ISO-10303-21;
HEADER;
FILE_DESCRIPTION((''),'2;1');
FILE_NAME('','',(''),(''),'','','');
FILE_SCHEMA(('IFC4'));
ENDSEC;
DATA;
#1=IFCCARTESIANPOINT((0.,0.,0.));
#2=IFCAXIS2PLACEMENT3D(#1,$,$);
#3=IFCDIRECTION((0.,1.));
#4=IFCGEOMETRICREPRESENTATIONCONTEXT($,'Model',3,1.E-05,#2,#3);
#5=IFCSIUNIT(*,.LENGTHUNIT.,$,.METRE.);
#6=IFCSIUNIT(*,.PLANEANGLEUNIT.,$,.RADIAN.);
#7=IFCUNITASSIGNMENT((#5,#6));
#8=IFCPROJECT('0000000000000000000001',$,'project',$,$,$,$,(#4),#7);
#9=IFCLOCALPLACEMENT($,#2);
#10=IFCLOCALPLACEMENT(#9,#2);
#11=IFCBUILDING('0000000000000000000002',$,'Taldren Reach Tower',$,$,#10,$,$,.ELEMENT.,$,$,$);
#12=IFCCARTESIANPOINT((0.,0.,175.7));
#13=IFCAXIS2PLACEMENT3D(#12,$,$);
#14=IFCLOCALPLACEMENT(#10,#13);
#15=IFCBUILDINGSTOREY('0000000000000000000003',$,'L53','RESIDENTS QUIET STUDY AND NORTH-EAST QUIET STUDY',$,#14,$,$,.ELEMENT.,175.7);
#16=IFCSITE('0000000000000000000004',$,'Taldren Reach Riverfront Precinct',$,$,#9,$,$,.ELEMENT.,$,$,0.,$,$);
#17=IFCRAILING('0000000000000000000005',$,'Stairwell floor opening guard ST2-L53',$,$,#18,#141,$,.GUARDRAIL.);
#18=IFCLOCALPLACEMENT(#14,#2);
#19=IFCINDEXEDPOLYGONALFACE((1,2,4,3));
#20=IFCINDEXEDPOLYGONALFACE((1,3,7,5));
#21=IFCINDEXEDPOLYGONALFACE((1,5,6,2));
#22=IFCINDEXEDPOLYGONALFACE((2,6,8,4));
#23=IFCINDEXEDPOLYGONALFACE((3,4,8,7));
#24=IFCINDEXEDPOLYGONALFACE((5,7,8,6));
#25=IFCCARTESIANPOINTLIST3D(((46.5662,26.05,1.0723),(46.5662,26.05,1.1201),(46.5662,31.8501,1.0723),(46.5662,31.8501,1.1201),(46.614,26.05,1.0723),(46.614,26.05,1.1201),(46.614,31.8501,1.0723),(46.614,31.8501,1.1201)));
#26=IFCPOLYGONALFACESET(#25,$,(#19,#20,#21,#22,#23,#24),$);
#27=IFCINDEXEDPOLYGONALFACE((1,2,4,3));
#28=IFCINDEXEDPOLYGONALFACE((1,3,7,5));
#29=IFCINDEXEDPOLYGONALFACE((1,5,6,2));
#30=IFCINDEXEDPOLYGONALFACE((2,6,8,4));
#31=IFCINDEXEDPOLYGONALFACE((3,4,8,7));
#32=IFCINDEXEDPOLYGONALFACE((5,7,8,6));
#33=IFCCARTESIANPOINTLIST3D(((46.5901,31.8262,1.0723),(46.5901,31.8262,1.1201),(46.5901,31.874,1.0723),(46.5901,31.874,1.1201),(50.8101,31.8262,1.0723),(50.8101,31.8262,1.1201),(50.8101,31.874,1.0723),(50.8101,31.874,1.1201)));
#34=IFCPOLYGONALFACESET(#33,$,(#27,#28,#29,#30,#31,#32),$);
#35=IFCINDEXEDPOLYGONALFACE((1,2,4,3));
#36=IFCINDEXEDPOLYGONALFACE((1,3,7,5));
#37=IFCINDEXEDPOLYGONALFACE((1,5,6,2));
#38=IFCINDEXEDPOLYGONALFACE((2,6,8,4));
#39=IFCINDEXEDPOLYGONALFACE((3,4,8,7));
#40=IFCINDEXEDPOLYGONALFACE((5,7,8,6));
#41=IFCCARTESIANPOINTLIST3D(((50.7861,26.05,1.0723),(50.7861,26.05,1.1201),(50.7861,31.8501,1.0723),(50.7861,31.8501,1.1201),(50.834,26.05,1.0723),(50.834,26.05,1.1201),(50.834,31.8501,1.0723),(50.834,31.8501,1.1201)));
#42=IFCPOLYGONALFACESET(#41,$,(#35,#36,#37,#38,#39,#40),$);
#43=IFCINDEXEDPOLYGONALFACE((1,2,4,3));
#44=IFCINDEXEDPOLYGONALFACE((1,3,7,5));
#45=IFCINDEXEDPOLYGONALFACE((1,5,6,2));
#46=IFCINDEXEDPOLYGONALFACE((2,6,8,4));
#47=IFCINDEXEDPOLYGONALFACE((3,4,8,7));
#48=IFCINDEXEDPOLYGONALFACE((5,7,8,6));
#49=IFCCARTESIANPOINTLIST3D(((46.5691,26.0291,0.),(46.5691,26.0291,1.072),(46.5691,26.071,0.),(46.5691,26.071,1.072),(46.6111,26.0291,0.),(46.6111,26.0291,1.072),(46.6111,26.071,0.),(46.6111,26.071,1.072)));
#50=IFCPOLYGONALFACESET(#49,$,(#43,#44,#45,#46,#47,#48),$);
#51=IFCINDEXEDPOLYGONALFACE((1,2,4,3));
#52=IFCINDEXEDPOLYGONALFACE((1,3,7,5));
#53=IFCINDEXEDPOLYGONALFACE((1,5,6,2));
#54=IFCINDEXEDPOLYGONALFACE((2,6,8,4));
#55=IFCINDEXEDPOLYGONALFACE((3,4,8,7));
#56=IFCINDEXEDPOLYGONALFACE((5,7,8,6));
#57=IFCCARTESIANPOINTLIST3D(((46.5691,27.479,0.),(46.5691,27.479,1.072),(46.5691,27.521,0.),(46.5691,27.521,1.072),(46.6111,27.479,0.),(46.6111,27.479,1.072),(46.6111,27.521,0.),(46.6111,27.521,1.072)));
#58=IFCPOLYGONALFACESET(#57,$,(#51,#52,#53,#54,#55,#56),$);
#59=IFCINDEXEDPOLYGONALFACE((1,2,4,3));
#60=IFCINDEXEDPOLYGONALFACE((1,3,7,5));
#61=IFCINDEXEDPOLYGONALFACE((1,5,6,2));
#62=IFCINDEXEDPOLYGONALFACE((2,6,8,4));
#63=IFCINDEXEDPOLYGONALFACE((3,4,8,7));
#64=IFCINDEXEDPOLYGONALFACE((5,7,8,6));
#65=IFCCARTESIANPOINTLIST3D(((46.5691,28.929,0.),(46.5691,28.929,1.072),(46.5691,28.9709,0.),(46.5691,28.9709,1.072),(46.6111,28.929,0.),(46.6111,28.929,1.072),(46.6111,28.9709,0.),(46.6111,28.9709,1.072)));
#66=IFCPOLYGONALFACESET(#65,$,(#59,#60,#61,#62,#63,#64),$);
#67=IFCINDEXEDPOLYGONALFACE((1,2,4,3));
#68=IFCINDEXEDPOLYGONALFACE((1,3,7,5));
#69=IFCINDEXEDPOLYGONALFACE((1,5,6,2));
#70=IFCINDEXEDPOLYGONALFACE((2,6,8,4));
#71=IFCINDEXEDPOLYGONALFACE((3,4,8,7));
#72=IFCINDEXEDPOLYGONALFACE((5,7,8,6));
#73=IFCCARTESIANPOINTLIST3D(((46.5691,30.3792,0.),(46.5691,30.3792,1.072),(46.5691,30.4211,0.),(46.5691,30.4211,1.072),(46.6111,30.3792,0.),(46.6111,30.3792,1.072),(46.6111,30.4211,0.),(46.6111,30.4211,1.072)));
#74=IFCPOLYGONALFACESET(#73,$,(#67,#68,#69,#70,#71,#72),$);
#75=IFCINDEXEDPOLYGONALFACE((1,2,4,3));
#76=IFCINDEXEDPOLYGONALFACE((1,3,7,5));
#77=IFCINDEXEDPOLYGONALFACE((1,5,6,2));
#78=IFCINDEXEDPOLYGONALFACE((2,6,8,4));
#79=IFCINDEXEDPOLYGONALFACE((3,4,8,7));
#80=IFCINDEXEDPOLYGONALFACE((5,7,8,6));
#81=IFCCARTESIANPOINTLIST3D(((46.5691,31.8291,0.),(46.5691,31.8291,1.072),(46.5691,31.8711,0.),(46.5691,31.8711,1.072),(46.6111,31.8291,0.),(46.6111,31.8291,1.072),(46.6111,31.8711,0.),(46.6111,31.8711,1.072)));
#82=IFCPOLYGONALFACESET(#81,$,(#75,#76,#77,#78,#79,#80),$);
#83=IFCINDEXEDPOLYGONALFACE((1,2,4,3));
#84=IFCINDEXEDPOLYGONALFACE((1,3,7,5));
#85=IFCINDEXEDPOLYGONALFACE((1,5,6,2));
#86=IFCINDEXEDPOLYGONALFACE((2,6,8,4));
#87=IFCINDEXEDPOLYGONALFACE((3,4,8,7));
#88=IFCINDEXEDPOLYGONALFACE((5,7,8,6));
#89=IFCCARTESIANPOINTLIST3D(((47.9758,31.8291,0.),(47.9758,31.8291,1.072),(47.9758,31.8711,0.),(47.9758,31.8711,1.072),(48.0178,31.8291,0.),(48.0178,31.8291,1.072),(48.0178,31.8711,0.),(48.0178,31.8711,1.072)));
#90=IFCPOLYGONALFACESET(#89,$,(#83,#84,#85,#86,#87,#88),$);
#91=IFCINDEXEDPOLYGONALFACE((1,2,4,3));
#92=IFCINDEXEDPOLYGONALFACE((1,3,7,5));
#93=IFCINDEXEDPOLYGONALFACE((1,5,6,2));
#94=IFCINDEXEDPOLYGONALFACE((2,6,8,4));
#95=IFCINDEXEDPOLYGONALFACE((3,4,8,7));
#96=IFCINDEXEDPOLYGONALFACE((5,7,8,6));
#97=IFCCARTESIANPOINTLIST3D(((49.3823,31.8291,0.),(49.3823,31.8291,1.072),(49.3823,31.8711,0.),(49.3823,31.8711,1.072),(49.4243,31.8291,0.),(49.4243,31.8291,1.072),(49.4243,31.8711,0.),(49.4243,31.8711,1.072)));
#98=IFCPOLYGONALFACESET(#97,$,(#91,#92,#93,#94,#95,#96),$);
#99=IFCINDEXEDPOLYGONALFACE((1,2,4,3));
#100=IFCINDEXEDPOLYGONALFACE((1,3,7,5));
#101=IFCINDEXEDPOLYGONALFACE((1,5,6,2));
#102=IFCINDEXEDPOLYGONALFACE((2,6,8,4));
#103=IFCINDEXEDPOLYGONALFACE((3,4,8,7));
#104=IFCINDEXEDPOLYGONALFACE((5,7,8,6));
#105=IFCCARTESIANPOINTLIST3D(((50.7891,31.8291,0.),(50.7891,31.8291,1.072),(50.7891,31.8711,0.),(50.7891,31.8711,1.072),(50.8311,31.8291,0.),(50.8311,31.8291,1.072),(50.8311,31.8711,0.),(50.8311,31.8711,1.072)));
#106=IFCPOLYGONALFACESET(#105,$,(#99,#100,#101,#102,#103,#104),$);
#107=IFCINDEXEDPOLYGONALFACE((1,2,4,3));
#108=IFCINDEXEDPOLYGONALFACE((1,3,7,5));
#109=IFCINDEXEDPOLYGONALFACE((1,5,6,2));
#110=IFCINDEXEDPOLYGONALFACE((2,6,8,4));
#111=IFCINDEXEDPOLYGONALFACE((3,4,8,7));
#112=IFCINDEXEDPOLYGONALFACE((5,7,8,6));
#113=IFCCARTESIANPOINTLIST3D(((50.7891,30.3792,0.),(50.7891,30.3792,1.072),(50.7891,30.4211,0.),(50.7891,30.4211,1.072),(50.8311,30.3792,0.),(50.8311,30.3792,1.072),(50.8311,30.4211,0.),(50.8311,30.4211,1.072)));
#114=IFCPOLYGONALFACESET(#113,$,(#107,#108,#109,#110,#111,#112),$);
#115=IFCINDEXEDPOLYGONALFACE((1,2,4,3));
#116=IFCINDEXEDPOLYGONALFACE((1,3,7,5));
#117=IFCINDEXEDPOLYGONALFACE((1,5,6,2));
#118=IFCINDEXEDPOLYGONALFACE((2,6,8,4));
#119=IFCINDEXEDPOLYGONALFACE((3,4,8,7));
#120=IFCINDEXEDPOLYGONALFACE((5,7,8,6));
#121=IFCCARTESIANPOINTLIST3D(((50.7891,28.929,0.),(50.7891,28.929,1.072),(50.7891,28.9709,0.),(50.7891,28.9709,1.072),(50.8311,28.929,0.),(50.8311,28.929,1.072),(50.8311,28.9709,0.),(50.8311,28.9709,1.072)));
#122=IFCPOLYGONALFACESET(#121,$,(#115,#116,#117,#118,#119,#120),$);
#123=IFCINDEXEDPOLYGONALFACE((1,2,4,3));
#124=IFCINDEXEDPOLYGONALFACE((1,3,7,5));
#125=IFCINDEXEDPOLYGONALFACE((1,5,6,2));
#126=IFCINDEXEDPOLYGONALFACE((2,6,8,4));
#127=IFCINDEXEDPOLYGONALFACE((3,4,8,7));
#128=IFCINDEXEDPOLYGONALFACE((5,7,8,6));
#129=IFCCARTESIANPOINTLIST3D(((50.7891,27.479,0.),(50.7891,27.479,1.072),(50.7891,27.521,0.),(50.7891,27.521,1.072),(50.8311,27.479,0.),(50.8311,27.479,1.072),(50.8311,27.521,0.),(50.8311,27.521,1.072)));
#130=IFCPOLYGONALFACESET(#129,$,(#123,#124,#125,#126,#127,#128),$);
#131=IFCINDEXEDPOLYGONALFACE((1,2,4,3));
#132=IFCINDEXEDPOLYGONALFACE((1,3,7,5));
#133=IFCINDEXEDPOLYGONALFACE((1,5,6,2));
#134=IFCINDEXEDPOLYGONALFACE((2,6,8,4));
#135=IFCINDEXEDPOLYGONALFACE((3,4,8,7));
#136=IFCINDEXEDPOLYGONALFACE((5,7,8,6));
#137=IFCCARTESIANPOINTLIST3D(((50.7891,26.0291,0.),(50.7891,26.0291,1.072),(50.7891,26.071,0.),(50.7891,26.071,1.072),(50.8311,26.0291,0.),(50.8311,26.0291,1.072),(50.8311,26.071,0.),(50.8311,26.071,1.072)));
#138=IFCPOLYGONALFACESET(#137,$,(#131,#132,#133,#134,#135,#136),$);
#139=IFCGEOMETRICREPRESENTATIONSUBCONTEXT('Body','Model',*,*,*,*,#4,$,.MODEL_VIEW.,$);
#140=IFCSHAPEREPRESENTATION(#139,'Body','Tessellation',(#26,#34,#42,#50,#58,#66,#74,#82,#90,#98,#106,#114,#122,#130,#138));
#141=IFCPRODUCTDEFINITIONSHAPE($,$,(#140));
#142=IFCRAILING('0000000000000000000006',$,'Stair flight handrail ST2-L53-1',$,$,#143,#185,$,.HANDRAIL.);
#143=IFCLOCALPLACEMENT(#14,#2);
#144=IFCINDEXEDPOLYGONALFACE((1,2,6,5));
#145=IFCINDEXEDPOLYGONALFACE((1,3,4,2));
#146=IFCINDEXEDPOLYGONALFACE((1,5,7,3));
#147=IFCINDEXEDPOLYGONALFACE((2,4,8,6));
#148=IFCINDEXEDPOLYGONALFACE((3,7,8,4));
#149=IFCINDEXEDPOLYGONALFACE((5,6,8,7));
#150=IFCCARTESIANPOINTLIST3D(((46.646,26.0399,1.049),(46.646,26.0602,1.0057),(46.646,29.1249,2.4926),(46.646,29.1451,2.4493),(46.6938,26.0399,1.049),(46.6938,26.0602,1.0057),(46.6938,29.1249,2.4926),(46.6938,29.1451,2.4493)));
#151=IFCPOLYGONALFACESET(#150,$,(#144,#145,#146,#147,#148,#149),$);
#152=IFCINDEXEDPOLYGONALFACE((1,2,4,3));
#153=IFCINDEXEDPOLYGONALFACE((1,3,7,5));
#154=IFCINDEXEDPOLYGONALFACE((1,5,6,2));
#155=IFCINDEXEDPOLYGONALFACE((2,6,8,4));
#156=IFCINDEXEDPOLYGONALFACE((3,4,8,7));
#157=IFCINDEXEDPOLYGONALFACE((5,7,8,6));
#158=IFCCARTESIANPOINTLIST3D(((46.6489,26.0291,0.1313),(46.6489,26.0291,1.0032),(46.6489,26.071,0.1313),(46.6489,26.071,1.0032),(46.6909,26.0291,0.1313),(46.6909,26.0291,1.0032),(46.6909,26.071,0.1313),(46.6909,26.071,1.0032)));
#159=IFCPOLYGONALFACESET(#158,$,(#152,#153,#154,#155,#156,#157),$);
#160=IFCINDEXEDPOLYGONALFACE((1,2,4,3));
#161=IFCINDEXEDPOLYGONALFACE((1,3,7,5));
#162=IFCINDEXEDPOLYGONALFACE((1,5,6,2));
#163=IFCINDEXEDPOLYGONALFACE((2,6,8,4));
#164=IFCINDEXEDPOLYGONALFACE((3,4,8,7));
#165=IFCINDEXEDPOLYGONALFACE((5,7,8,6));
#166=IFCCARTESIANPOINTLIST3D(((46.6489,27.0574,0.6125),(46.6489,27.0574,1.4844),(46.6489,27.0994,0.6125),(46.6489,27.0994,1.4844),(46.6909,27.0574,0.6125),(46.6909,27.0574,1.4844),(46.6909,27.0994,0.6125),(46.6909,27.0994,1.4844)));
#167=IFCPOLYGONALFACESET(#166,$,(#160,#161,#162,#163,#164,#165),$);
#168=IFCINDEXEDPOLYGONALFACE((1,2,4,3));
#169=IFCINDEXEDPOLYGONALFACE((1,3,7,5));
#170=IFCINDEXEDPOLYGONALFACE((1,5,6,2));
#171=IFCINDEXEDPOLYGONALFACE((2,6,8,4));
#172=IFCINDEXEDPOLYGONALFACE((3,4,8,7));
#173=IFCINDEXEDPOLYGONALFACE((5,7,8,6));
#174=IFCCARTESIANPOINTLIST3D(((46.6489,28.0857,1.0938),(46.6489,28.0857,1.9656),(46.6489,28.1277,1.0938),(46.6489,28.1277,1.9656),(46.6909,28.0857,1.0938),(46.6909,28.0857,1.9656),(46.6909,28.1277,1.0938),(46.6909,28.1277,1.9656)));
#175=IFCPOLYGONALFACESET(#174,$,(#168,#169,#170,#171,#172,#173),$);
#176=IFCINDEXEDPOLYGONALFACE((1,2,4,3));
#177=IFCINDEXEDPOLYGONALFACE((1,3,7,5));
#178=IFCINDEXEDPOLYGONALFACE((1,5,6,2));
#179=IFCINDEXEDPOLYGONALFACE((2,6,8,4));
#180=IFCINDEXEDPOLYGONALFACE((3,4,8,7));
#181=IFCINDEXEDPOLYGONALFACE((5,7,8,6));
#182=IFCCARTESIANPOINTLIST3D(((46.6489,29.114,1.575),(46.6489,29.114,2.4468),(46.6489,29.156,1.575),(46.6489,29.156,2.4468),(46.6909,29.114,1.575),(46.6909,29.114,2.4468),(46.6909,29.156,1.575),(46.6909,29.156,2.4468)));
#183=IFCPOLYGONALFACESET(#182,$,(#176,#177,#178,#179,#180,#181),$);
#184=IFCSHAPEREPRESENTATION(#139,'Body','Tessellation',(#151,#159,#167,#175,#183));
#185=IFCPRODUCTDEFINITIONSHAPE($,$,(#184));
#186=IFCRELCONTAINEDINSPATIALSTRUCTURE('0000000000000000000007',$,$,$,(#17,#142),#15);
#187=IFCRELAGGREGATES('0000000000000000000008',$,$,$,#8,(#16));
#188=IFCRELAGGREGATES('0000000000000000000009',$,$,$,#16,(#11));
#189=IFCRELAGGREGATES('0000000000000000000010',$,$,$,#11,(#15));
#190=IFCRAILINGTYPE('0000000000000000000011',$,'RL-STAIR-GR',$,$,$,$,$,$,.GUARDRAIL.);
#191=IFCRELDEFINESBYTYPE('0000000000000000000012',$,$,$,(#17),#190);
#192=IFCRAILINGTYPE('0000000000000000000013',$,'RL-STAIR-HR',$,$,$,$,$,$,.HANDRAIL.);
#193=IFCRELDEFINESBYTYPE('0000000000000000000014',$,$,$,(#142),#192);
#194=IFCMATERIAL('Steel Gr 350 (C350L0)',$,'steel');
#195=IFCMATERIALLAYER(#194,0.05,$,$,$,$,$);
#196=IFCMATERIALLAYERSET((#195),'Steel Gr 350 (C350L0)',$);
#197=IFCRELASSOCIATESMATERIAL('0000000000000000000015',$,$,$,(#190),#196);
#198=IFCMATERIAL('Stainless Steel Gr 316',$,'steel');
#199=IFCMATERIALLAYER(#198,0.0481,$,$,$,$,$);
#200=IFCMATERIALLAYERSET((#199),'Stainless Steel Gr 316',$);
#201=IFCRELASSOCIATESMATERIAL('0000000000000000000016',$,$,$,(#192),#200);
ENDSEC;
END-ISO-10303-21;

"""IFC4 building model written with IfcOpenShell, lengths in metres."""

from ifc_helpers import new_model, si_unit, direction, frame, origin, origin_2d, place, context, subcontext, project, spatial, rectangle, extrude, material, layer, layer_set, type_object, element, save


model = new_model("IFC4")

# Units and contexts
model_context = context("Model", 3, precision=1e-05, world=origin(), true_north=direction((0.0, 1.0)))
body_context = subcontext(model_context, "Body", "Model", "MODEL_VIEW")
ifc_project = project(units=[si_unit("LENGTHUNIT", "METRE"), si_unit("PLANEANGLEUNIT", "RADIAN")], contexts=[model_context])

# Site, building, storey
site_placement = place(None, origin())
site = spatial("IfcSite", under=ifc_project, at=site_placement, Name="Taldren Reach Riverfront Precinct", CompositionType="ELEMENT", RefElevation=0.0)
building_placement = place(site_placement, origin())
building = spatial("IfcBuilding", under=site, at=building_placement, Name="Taldren Reach Tower", CompositionType="ELEMENT")
storey_placement = place(building_placement, frame((0.0, 0.0, 175.7)))
storey = spatial("IfcBuildingStorey", under=building, at=storey_placement, Name="L53", Description="RESIDENTS QUIET STUDY AND NORTH-EAST QUIET STUDY", CompositionType="ELEMENT", Elevation=175.7)

# Shared definitions
ifc_material_1 = material(Name="Steel Gr 350 (C350L0)", Category="steel")

# Railings
ifc_layer_1 = layer(ifc_material_1, 0.05)
ifc_layer_set_1 = layer_set([ifc_layer_1], Name="Steel Gr 350 (C350L0)")
railing_type_1 = type_object("IfcRailingType", Name="RL-STAIR-GR", PredefinedType="GUARDRAIL", material=ifc_layer_set_1)
railing_1_placement = place(storey_placement, frame((46.5901, 26.05, 0.0)))
element("IfcRailing", 1, at=railing_1_placement, inside=storey, type_object=railing_type_1, Name="Stairwell floor opening guard ST2-L53", PredefinedType="GUARDRAIL", context=body_context, shape_type="SweptSolid", body=[
    extrude(rectangle(XDim=0.0479, YDim=0.0479, at=origin_2d()), frame((0.0, 0.0, 1.0962), z_axis=(0.0, 1.0, 0.0), x_axis=(-1.0, 0.0, 0.0)), (0.0, 0.0, 1.0), 5.8),
    extrude(rectangle(XDim=0.0479, YDim=0.0479, at=origin_2d()), frame((0.0, 5.8, 1.0962), z_axis=(1.0, 0.0, 0.0), x_axis=(0.0, 1.0, 0.0)), (0.0, 0.0, 1.0), 4.22),
    extrude(rectangle(XDim=0.0479, YDim=0.0479, at=origin_2d()), frame((4.22, 5.8, 1.0962), z_axis=(0.0, -1.0, 0.0), x_axis=(1.0, 0.0, 0.0)), (0.0, 0.0, 1.0), 5.8),
    extrude(rectangle(XDim=0.042, YDim=0.042, at=origin_2d()), origin(), (0.0, 0.0, 1.0), 1.072),
    extrude(rectangle(XDim=0.042, YDim=0.042, at=origin_2d()), frame((0.0, 1.45, 0.0)), (0.0, 0.0, 1.0), 1.072),
    extrude(rectangle(XDim=0.042, YDim=0.042, at=origin_2d()), frame((0.0, 2.8999, 0.0)), (0.0, 0.0, 1.0), 1.072),
    extrude(rectangle(XDim=0.042, YDim=0.042, at=origin_2d()), frame((0.0, 4.3501, 0.0)), (0.0, 0.0, 1.0), 1.072),
    extrude(rectangle(XDim=0.042, YDim=0.042, at=origin_2d()), frame((0.0, 5.8, 0.0)), (0.0, 0.0, 1.0), 1.072),
    extrude(rectangle(XDim=0.042, YDim=0.042, at=origin_2d()), frame((1.4067, 5.8, 0.0)), (0.0, 0.0, 1.0), 1.072),
    extrude(rectangle(XDim=0.042, YDim=0.042, at=origin_2d()), frame((2.8132, 5.8, 0.0)), (0.0, 0.0, 1.0), 1.072),
    extrude(rectangle(XDim=0.042, YDim=0.042, at=origin_2d()), frame((4.22, 5.8, 0.0)), (0.0, 0.0, 1.0), 1.072),
    extrude(rectangle(XDim=0.042, YDim=0.042, at=origin_2d()), frame((4.22, 4.3501, 0.0)), (0.0, 0.0, 1.0), 1.072),
    extrude(rectangle(XDim=0.042, YDim=0.042, at=origin_2d()), frame((4.22, 2.8999, 0.0)), (0.0, 0.0, 1.0), 1.072),
    extrude(rectangle(XDim=0.042, YDim=0.042, at=origin_2d()), frame((4.22, 1.45, 0.0)), (0.0, 0.0, 1.0), 1.072),
    extrude(rectangle(XDim=0.042, YDim=0.042, at=origin_2d()), frame((4.22, 0.0, 0.0)), (0.0, 0.0, 1.0), 1.072),
])
ifc_material_2 = material(Name="Stainless Steel Gr 316", Category="steel")
ifc_layer_2 = layer(ifc_material_2, 0.0481)
ifc_layer_set_2 = layer_set([ifc_layer_2], Name="Stainless Steel Gr 316")
railing_type_2 = type_object("IfcRailingType", Name="RL-STAIR-HR", PredefinedType="HANDRAIL", material=ifc_layer_set_2)
railing_2_placement = place(storey_placement, frame((46.6699, 26.05, 0.1313)))
element("IfcRailing", 2, at=railing_2_placement, inside=storey, type_object=railing_type_2, Name="Stair flight handrail ST2-L53-1", PredefinedType="HANDRAIL", context=body_context, shape_type="SweptSolid", body=[
    extrude(rectangle(XDim=0.0479, YDim=0.0479, at=origin_2d()), frame((0.0, 0.0, 0.896), z_axis=(0.0, 0.905738, 0.423839), x_axis=(-1.0, 0.0, 0.0)), (0.0, 0.0, 1.0), 3.406),
    extrude(rectangle(XDim=0.042, YDim=0.042, at=origin_2d()), origin(), (0.0, 0.0, 1.0), 0.8718),
    extrude(rectangle(XDim=0.042, YDim=0.042, at=origin_2d()), frame((0.0, 1.0283, 0.4812)), (0.0, 0.0, 1.0), 0.8718),
    extrude(rectangle(XDim=0.042, YDim=0.042, at=origin_2d()), frame((0.0, 2.0566, 0.9624)), (0.0, 0.0, 1.0), 0.8718),
    extrude(rectangle(XDim=0.042, YDim=0.042, at=origin_2d()), frame((0.0, 3.085, 1.4436)), (0.0, 0.0, 1.0), 0.8718),
])

save(model, "model.ifc")
